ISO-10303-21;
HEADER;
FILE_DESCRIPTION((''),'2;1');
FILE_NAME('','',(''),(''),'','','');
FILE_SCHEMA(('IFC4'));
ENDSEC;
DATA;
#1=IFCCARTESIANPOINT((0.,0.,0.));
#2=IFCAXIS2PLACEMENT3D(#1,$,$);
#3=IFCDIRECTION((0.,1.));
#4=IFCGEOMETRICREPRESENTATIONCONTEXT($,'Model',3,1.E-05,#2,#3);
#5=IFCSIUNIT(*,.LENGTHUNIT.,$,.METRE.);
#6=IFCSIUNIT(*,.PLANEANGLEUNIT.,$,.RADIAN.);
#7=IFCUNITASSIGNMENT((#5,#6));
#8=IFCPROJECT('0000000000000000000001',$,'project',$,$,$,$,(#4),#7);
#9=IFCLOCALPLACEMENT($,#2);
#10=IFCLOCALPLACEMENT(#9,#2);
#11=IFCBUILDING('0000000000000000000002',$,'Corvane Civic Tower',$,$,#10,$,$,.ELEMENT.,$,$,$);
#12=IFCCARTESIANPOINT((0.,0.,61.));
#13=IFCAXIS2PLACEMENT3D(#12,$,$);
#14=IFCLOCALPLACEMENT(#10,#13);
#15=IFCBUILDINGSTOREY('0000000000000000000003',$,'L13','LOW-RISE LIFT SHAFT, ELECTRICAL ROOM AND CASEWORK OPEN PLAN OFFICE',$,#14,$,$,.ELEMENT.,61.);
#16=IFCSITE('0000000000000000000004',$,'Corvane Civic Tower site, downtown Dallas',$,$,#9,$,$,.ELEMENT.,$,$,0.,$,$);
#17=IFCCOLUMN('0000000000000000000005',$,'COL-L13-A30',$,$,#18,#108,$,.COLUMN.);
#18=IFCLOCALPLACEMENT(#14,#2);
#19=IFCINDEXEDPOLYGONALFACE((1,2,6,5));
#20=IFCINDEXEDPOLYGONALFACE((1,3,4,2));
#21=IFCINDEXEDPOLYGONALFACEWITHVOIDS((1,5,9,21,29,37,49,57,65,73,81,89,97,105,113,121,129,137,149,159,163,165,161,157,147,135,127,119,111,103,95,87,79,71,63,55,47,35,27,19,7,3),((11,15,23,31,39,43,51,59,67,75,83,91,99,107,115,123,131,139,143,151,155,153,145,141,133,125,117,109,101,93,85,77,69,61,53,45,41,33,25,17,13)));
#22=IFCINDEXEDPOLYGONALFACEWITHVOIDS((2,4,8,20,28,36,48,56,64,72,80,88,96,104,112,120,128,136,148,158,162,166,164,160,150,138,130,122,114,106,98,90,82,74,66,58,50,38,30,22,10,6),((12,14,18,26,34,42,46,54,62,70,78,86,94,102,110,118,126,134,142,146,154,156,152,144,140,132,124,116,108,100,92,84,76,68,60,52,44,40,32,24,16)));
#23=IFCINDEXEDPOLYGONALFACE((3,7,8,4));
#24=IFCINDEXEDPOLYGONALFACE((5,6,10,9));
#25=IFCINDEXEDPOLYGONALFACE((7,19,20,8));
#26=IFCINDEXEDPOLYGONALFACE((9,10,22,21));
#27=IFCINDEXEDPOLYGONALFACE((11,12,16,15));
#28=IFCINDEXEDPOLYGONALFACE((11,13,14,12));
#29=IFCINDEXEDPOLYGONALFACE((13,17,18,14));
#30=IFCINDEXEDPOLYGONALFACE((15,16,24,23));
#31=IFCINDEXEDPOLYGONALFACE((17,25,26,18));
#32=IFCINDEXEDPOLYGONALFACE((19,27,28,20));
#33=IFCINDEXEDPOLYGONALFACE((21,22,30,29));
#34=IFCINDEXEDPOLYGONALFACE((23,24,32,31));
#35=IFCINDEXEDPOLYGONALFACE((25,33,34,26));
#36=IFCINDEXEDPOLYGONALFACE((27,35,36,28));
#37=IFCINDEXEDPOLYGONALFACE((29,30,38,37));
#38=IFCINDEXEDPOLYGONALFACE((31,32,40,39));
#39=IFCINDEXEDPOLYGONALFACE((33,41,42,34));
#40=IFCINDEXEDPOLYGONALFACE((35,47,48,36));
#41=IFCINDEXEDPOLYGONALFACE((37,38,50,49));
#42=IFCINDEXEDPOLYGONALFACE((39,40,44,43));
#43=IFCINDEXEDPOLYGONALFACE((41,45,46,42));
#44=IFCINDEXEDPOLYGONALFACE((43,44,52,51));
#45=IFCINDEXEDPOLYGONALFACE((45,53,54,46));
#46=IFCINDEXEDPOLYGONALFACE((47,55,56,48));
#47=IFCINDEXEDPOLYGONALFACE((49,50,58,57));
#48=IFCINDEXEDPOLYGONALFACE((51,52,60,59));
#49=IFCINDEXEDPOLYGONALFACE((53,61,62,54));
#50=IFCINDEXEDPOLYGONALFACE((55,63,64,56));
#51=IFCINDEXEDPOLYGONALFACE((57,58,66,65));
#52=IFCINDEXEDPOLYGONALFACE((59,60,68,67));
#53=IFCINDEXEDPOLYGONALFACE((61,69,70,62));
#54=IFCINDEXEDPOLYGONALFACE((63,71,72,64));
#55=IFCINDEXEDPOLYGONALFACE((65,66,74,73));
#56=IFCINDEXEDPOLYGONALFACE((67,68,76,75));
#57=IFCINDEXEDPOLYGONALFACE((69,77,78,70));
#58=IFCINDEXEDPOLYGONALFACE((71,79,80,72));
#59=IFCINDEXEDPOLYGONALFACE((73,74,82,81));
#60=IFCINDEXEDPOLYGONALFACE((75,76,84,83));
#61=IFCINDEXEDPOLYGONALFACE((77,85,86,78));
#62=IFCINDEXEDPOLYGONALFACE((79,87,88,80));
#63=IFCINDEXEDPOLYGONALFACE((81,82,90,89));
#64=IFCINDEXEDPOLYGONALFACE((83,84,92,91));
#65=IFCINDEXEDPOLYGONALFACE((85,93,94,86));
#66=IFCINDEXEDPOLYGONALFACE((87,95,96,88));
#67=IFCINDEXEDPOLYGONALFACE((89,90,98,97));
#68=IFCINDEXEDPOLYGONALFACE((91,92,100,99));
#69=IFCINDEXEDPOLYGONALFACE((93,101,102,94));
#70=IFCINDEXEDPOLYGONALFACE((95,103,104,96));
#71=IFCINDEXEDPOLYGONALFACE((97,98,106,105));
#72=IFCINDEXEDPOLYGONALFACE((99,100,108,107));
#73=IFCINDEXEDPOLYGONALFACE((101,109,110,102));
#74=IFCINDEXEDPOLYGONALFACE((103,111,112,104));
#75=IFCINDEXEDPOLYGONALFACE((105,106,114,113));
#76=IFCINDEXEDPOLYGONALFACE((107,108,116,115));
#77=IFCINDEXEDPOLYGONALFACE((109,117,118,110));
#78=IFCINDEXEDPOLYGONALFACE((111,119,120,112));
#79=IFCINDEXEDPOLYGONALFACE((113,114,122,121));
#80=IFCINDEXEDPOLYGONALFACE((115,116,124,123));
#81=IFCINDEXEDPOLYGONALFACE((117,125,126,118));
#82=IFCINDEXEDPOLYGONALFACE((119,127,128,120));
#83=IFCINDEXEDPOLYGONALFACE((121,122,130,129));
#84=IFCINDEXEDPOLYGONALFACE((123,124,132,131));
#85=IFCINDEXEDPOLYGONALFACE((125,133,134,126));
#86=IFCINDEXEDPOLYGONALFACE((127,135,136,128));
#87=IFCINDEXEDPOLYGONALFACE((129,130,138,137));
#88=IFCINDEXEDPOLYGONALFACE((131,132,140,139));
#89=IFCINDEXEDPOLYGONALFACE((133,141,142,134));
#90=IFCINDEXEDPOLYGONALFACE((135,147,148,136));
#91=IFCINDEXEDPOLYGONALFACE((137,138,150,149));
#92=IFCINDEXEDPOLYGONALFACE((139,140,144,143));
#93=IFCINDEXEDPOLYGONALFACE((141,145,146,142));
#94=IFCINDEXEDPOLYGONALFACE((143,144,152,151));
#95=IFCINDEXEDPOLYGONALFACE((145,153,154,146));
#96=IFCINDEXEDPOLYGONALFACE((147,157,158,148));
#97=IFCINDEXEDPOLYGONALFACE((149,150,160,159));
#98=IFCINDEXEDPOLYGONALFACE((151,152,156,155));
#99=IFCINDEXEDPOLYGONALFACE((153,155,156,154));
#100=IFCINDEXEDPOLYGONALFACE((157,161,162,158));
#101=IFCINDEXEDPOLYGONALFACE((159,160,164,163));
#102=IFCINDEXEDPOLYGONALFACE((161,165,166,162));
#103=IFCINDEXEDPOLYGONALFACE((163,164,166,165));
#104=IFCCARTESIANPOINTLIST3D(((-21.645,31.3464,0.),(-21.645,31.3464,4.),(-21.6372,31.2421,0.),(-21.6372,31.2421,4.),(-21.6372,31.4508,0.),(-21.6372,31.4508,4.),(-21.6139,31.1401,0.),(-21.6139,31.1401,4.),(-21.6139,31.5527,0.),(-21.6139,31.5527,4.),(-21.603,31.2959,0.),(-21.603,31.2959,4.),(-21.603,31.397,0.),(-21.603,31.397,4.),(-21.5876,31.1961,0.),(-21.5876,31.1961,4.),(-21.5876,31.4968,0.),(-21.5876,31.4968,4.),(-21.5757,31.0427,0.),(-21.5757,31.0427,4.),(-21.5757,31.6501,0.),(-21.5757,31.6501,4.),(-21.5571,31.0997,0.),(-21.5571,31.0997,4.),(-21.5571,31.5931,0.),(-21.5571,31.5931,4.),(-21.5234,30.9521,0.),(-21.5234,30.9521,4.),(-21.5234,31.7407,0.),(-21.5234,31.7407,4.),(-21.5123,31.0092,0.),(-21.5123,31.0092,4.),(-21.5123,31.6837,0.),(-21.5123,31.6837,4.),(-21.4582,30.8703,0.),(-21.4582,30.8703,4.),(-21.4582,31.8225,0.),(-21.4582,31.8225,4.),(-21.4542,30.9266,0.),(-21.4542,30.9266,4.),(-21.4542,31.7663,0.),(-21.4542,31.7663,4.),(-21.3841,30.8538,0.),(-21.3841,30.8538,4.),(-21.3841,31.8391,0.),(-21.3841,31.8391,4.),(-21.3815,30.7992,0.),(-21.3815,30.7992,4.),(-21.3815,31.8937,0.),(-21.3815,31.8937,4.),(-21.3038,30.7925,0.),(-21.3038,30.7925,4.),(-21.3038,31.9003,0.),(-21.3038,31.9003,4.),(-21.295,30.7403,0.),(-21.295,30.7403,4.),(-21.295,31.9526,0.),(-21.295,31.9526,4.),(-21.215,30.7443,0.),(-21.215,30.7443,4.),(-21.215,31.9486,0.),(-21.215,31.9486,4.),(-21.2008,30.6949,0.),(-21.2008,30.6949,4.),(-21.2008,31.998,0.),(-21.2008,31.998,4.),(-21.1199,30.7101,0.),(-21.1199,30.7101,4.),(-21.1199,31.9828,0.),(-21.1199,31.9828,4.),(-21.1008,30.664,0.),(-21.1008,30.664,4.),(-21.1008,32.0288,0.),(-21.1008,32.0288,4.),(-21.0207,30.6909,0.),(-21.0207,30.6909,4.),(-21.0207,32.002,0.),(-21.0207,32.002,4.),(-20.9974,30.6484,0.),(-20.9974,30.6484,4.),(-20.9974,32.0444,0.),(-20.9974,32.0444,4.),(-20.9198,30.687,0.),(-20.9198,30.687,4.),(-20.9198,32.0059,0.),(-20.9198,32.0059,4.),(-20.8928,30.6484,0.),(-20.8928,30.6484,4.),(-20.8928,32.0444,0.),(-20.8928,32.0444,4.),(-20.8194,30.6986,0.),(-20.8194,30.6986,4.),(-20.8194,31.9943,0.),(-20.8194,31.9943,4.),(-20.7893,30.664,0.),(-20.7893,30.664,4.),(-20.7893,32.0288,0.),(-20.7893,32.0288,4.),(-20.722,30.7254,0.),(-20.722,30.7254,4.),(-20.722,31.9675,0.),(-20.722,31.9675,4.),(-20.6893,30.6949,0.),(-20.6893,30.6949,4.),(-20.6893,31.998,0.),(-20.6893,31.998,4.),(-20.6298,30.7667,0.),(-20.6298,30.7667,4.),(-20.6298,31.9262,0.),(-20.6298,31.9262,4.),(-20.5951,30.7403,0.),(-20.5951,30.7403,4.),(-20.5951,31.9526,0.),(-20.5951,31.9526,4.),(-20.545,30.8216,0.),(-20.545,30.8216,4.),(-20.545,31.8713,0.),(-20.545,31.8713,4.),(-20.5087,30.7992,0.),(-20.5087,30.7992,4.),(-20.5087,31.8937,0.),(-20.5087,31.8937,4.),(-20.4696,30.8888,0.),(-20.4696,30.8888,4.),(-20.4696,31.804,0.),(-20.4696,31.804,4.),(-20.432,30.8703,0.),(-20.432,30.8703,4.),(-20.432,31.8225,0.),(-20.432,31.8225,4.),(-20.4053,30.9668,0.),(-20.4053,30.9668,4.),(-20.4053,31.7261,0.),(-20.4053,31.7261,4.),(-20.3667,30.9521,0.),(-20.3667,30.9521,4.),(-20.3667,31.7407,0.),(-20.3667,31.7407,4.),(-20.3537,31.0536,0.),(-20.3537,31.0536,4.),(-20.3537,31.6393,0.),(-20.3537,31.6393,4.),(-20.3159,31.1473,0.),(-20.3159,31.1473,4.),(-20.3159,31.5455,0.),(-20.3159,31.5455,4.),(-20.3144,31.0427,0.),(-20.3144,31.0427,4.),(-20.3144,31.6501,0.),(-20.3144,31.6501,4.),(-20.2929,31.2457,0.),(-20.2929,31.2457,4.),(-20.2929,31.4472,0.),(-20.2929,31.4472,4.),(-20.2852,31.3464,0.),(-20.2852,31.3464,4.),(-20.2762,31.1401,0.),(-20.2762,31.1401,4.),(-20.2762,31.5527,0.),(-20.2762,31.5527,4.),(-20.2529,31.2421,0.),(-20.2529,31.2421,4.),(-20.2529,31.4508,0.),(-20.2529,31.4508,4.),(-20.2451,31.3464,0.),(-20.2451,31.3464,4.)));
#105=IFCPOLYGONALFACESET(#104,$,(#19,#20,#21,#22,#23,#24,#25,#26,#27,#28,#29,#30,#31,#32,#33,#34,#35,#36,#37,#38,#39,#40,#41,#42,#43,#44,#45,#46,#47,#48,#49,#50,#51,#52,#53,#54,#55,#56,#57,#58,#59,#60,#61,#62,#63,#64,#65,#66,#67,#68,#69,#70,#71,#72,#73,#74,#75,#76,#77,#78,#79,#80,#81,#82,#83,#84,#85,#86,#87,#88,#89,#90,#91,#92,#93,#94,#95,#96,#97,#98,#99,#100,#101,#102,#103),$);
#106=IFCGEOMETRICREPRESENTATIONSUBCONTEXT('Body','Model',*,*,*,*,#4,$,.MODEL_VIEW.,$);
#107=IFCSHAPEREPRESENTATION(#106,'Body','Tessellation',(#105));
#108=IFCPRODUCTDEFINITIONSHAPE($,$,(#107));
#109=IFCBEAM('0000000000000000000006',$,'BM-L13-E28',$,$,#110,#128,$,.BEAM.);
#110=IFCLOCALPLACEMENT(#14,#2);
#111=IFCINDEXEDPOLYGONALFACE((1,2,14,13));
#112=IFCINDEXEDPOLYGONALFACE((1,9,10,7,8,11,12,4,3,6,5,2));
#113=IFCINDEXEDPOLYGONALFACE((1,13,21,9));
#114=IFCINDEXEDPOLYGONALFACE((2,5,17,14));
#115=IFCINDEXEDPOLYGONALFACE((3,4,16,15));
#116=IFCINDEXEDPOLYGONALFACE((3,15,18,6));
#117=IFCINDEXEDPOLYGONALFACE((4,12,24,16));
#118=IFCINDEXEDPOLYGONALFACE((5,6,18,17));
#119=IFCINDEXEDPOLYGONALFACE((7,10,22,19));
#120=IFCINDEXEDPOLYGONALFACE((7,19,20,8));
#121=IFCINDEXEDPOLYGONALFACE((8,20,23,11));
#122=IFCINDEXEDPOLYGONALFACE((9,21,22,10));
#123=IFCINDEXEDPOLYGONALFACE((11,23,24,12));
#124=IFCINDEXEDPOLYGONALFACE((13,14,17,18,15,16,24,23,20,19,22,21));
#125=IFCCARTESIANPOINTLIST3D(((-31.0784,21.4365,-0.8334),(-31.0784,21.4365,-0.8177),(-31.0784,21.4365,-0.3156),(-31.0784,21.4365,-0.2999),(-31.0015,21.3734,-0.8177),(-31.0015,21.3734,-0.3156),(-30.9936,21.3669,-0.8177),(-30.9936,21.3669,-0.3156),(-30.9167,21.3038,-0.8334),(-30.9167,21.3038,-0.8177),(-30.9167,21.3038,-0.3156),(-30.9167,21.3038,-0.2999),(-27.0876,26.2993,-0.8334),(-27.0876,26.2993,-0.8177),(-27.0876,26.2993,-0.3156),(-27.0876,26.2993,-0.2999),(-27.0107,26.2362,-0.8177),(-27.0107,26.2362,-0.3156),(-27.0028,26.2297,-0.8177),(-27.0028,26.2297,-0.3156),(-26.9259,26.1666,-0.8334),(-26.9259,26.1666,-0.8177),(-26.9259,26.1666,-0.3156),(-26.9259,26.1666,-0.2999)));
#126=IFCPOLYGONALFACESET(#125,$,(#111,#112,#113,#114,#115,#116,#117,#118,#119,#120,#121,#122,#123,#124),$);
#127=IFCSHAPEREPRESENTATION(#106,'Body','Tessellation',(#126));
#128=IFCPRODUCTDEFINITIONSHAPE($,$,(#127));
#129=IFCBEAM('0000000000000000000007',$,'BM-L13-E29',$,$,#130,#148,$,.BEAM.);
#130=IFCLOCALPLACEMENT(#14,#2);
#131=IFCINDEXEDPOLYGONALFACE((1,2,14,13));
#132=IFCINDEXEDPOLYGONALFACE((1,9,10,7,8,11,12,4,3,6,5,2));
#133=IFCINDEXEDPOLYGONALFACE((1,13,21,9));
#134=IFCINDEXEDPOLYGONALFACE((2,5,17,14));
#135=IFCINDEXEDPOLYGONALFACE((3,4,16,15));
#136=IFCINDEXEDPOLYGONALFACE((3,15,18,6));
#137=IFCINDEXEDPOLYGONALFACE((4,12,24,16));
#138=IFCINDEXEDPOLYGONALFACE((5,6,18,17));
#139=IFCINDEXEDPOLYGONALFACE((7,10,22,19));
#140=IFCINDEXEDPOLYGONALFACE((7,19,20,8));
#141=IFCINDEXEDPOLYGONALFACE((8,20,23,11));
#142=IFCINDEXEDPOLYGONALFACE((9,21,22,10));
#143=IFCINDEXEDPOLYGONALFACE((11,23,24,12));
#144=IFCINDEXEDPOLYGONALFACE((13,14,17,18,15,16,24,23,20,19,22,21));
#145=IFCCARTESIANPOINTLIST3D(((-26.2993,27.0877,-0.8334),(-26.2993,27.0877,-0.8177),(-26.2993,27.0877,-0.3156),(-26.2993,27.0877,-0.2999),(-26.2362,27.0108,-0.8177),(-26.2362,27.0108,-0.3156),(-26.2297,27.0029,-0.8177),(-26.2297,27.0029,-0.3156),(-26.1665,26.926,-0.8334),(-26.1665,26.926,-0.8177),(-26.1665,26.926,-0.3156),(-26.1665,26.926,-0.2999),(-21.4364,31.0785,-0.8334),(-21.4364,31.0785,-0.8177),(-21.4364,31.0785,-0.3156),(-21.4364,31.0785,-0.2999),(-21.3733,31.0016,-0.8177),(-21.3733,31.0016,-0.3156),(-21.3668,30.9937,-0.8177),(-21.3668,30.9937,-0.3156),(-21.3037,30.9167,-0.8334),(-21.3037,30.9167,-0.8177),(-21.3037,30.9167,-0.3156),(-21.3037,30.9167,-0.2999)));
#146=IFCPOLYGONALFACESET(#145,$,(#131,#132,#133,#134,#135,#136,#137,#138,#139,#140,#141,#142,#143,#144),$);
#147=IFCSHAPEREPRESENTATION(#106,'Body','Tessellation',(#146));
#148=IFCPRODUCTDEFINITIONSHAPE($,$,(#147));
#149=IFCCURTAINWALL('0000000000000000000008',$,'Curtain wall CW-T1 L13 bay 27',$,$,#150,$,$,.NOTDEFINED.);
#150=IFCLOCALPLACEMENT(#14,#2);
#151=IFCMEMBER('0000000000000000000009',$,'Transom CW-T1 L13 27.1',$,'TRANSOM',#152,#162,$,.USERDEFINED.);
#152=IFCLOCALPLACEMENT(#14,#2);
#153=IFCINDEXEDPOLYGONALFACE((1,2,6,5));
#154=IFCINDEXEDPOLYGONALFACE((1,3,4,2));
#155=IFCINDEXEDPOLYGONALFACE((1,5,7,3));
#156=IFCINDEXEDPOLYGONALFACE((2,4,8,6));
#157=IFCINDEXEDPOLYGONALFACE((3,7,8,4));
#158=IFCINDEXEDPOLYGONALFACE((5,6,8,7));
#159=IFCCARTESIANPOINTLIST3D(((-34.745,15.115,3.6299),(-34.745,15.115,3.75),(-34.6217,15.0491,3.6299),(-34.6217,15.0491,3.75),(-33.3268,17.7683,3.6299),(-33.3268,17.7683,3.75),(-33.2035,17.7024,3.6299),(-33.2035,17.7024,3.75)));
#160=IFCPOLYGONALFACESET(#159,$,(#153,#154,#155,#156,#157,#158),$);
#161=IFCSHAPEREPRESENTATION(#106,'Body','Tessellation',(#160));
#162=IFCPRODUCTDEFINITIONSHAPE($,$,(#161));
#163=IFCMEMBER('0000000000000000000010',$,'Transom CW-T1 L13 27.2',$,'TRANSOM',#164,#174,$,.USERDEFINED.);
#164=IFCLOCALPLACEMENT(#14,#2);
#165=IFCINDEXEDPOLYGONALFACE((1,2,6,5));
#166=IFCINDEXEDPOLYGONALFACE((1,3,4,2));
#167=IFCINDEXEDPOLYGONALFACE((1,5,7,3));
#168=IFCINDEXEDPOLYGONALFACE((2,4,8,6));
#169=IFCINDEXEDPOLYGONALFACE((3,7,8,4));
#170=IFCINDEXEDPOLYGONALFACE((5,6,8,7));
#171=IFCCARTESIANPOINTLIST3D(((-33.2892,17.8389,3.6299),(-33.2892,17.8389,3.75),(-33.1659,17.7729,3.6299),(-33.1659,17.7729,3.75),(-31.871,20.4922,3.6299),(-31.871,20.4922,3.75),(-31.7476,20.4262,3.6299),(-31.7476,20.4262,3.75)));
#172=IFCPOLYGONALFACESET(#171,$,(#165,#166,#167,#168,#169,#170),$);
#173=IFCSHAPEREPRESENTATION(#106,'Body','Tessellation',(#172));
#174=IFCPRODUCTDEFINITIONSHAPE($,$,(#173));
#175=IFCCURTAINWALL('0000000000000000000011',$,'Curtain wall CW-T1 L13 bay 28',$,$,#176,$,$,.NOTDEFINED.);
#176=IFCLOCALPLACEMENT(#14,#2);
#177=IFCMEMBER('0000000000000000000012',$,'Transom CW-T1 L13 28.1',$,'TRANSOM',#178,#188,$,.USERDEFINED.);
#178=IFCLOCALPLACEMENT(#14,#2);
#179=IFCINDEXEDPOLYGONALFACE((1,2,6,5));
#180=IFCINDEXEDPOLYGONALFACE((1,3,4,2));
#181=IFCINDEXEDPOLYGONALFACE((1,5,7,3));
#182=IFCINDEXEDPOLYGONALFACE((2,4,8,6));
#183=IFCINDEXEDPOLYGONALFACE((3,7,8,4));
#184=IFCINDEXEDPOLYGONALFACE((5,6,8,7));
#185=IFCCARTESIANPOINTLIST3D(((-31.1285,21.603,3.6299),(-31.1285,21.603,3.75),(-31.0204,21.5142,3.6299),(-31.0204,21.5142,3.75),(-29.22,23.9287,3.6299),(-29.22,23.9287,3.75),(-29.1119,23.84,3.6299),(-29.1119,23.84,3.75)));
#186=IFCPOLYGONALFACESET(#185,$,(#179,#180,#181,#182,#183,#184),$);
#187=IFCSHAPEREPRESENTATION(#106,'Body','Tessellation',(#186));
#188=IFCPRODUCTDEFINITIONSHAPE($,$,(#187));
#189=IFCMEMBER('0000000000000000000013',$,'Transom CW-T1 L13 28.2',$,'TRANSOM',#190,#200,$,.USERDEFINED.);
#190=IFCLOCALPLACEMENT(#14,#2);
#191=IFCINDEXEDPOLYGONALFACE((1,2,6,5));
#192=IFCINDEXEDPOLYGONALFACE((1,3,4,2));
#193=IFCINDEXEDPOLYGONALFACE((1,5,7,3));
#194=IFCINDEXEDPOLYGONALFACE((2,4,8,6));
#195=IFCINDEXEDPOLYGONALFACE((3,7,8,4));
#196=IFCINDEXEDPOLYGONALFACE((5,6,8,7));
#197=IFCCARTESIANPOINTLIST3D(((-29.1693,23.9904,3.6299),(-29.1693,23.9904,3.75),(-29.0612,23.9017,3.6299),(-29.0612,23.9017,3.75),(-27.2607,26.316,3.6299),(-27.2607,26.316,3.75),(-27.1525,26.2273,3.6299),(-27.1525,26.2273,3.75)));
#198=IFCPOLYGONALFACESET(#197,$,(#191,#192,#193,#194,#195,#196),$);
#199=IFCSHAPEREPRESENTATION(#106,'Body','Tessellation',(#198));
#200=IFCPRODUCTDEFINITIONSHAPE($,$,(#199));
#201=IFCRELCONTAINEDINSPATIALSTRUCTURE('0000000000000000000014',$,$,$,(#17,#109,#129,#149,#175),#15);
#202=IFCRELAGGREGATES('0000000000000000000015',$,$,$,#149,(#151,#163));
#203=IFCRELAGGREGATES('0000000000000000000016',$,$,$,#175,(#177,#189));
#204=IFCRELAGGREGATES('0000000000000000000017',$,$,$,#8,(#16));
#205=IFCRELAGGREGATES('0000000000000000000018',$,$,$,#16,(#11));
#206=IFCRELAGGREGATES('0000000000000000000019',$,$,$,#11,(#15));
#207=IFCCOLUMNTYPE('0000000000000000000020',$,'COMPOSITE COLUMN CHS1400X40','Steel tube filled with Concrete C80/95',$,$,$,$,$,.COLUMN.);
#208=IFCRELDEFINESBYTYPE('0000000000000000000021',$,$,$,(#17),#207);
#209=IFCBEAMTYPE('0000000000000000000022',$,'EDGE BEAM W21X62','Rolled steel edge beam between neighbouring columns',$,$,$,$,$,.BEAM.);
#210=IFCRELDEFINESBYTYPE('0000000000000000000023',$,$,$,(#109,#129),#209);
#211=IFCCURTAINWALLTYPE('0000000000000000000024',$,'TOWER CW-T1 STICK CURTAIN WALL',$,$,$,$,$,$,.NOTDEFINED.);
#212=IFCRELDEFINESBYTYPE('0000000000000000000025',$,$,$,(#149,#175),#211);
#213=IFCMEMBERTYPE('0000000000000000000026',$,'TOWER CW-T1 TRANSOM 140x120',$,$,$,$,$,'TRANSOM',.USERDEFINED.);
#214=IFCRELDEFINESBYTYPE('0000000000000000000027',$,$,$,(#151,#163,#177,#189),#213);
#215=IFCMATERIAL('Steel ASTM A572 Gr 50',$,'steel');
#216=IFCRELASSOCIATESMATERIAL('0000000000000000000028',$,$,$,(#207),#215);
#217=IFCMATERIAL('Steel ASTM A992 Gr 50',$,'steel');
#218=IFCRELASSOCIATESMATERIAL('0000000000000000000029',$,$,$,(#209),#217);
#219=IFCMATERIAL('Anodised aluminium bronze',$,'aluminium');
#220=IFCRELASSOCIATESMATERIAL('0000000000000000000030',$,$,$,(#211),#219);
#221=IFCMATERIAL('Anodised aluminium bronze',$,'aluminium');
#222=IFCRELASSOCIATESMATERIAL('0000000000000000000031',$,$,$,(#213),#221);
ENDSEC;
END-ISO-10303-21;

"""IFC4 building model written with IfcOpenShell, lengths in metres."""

from ifc_helpers import new_model, si_unit, direction, frame, origin, origin_2d, place, context, subcontext, project, spatial, rectangle, hollow_circle, i_section, extrude, material, material_profile, profile_set, type_object, element, aggregate, save


model = new_model("IFC4")

# Units and contexts
model_context = context("Model", 3, precision=1e-05, world=origin(), true_north=direction((0.0, 1.0)))
body_context = subcontext(model_context, "Body", "Model", "MODEL_VIEW")
ifc_project = project(units=[si_unit("LENGTHUNIT", "METRE"), si_unit("PLANEANGLEUNIT", "RADIAN")], contexts=[model_context])

# Site, building, storey
site_placement = place(None, origin())
site = spatial("IfcSite", under=ifc_project, at=site_placement, Name="Corvane Civic Tower site, downtown Dallas", CompositionType="ELEMENT", RefElevation=0.0)
building_placement = place(site_placement, origin())
building = spatial("IfcBuilding", under=site, at=building_placement, Name="Corvane Civic Tower", CompositionType="ELEMENT")
storey_placement = place(building_placement, frame((0.0, 0.0, 61.0)))
storey = spatial("IfcBuildingStorey", under=building, at=storey_placement, Name="L13", Description="LOW-RISE LIFT SHAFT, ELECTRICAL ROOM AND CASEWORK OPEN PLAN OFFICE", CompositionType="ELEMENT", Elevation=61.0)

# Column
ifc_material_1 = material(Name="Steel ASTM A572 Gr 50", Category="steel")
ifc_material_profile_1 = material_profile(ifc_material_1, hollow_circle(Radius=0.7, WallThickness=0.04, at=origin_2d()), Name="CHS1400X40")
ifc_profile_set_1 = profile_set([ifc_material_profile_1], Name="Steel ASTM A572 Gr 50")
column_type = type_object("IfcColumnType", Name="COMPOSITE COLUMN CHS1400X40", Description="Steel tube filled with Concrete C80/95", PredefinedType="COLUMN", material=ifc_profile_set_1)
for number, where, z_axis, x_axis, name in (
    (1, (-20.9451, 31.3464, 0.0), (0.0, 0.0, 1.0), (1.0, 0.0, 0.0), "COL-L13-A30"),
):
    element("IfcColumn", number, at=place(storey_placement, frame(where, z_axis=z_axis, x_axis=x_axis)), inside=storey, type_object=column_type, Name=name, PredefinedType="COLUMN", context=body_context, shape_type="SweptSolid", body=[
        extrude(hollow_circle(Radius=0.7, WallThickness=0.04, at=origin_2d()), origin(), (0.0, 0.0, 1.0), 4.0),
    ])

# Beams
ifc_material_2 = material(Name="Steel ASTM A992 Gr 50", Category="steel")
ifc_material_profile_2 = material_profile(ifc_material_2, i_section(OverallWidth=0.2092, OverallDepth=0.5334, WebThickness=0.0103, FlangeThickness=0.0156, at=origin_2d()), Name="W21X62")
ifc_profile_set_2 = profile_set([ifc_material_profile_2], Name="Steel ASTM A992 Gr 50")
beam_type = type_object("IfcBeamType", Name="EDGE BEAM W21X62", Description="Rolled steel edge beam between neighbouring columns", PredefinedType="BEAM", material=ifc_profile_set_2)
for number, where, z_axis, x_axis, name in (
    (2, (-30.9976, 21.3701, -0.5667), (0.634387, 0.773016, 0.0), (-0.773016, 0.634387, 0.0), "BM-L13-E28"),
    (3, (-26.2329, 27.0068, -0.5667), (0.773016, 0.634387, 0.0), (-0.634387, 0.773016, 0.0), "BM-L13-E29"),
):
    element("IfcBeam", number, at=place(storey_placement, frame(where, z_axis=z_axis, x_axis=x_axis)), inside=storey, type_object=beam_type, Name=name, PredefinedType="BEAM", context=body_context, shape_type="SweptSolid", body=[
        extrude(i_section(OverallWidth=0.2092, OverallDepth=0.5334, WebThickness=0.0103, FlangeThickness=0.0156, at=origin_2d()), origin(), (0.0, 0.0, 1.0), 6.2908),
    ])

# Curtain walls, members
ifc_material_3 = material(Name="Anodised aluminium bronze", Category="aluminium")
curtain_wall_type = type_object("IfcCurtainWallType", Name="TOWER CW-T1 STICK CURTAIN WALL", PredefinedType="NOTDEFINED", material=ifc_material_3)
curtain_wall_1_placement = place(storey_placement, origin())
curtain_wall_1 = element("IfcCurtainWall", 4, at=curtain_wall_1_placement, inside=storey, type_object=curtain_wall_type, Name="Curtain wall CW-T1 L13 bay 27", PredefinedType="NOTDEFINED")
ifc_material_4 = material(Name="Anodised aluminium bronze", Category="aluminium")
ifc_material_profile_3 = material_profile(ifc_material_4, rectangle(XDim=0.1399, YDim=0.1201, at=origin_2d()), Name="TOWER CW-T1 TRANSOM 140x120")
ifc_profile_set_3 = profile_set([ifc_material_profile_3], Name="Anodised aluminium bronze")
member_type_1 = type_object("IfcMemberType", Name="TOWER CW-T1 TRANSOM 140x120", ElementType="TRANSOM", PredefinedType="USERDEFINED", material=ifc_profile_set_3)
member_1_placement = place(storey_placement, frame((-34.6833, 15.082, 3.6899), z_axis=(0.471393, 0.881924, 0.0), x_axis=(-0.881924, 0.471393, 0.0)))
member_1 = element("IfcMember", 5, at=member_1_placement, type_object=member_type_1, Name="Transom CW-T1 L13 27.1", ObjectType="TRANSOM", PredefinedType="USERDEFINED", context=body_context, shape_type="SweptSolid", body=[
    extrude(rectangle(XDim=0.1399, YDim=0.1201, at=origin_2d()), origin(), (0.0, 0.0, 1.0), 3.0085),
])
member_2_placement = place(storey_placement, frame((-33.2275, 17.8059, 3.6899), z_axis=(0.471393, 0.881924, 0.0), x_axis=(-0.881924, 0.471393, 0.0)))
member_2 = element("IfcMember", 6, at=member_2_placement, type_object=member_type_1, Name="Transom CW-T1 L13 27.2", ObjectType="TRANSOM", PredefinedType="USERDEFINED", context=body_context, shape_type="SweptSolid", body=[
    extrude(rectangle(XDim=0.1399, YDim=0.1201, at=origin_2d()), origin(), (0.0, 0.0, 1.0), 3.0085),
])
curtain_wall_2_placement = place(storey_placement, origin())
curtain_wall_2 = element("IfcCurtainWall", 7, at=curtain_wall_2_placement, inside=storey, type_object=curtain_wall_type, Name="Curtain wall CW-T1 L13 bay 28", PredefinedType="NOTDEFINED")
member_3_placement = place(storey_placement, frame((-31.0745, 21.5586, 3.6899), z_axis=(0.634355, 0.773042, 0.0), x_axis=(-0.773042, 0.634355, 0.0)))
member_3 = element("IfcMember", 8, at=member_3_placement, type_object=member_type_1, Name="Transom CW-T1 L13 28.1", ObjectType="TRANSOM", PredefinedType="USERDEFINED", context=body_context, shape_type="SweptSolid", body=[
    extrude(rectangle(XDim=0.1399, YDim=0.1201, at=origin_2d()), origin(), (0.0, 0.0, 1.0), 3.0085),
])
member_4_placement = place(storey_placement, frame((-29.1152, 23.946, 3.6899), z_axis=(0.634404, 0.773002, 0.0), x_axis=(-0.773002, 0.634404, 0.0)))
member_4 = element("IfcMember", 9, at=member_4_placement, type_object=member_type_1, Name="Transom CW-T1 L13 28.2", ObjectType="TRANSOM", PredefinedType="USERDEFINED", context=body_context, shape_type="SweptSolid", body=[
    extrude(rectangle(XDim=0.1399, YDim=0.1201, at=origin_2d()), origin(), (0.0, 0.0, 1.0), 3.0085),
])

aggregate(curtain_wall_1, [member_1, member_2])
aggregate(curtain_wall_2, [member_3, member_4])

save(model, "model.ifc")
